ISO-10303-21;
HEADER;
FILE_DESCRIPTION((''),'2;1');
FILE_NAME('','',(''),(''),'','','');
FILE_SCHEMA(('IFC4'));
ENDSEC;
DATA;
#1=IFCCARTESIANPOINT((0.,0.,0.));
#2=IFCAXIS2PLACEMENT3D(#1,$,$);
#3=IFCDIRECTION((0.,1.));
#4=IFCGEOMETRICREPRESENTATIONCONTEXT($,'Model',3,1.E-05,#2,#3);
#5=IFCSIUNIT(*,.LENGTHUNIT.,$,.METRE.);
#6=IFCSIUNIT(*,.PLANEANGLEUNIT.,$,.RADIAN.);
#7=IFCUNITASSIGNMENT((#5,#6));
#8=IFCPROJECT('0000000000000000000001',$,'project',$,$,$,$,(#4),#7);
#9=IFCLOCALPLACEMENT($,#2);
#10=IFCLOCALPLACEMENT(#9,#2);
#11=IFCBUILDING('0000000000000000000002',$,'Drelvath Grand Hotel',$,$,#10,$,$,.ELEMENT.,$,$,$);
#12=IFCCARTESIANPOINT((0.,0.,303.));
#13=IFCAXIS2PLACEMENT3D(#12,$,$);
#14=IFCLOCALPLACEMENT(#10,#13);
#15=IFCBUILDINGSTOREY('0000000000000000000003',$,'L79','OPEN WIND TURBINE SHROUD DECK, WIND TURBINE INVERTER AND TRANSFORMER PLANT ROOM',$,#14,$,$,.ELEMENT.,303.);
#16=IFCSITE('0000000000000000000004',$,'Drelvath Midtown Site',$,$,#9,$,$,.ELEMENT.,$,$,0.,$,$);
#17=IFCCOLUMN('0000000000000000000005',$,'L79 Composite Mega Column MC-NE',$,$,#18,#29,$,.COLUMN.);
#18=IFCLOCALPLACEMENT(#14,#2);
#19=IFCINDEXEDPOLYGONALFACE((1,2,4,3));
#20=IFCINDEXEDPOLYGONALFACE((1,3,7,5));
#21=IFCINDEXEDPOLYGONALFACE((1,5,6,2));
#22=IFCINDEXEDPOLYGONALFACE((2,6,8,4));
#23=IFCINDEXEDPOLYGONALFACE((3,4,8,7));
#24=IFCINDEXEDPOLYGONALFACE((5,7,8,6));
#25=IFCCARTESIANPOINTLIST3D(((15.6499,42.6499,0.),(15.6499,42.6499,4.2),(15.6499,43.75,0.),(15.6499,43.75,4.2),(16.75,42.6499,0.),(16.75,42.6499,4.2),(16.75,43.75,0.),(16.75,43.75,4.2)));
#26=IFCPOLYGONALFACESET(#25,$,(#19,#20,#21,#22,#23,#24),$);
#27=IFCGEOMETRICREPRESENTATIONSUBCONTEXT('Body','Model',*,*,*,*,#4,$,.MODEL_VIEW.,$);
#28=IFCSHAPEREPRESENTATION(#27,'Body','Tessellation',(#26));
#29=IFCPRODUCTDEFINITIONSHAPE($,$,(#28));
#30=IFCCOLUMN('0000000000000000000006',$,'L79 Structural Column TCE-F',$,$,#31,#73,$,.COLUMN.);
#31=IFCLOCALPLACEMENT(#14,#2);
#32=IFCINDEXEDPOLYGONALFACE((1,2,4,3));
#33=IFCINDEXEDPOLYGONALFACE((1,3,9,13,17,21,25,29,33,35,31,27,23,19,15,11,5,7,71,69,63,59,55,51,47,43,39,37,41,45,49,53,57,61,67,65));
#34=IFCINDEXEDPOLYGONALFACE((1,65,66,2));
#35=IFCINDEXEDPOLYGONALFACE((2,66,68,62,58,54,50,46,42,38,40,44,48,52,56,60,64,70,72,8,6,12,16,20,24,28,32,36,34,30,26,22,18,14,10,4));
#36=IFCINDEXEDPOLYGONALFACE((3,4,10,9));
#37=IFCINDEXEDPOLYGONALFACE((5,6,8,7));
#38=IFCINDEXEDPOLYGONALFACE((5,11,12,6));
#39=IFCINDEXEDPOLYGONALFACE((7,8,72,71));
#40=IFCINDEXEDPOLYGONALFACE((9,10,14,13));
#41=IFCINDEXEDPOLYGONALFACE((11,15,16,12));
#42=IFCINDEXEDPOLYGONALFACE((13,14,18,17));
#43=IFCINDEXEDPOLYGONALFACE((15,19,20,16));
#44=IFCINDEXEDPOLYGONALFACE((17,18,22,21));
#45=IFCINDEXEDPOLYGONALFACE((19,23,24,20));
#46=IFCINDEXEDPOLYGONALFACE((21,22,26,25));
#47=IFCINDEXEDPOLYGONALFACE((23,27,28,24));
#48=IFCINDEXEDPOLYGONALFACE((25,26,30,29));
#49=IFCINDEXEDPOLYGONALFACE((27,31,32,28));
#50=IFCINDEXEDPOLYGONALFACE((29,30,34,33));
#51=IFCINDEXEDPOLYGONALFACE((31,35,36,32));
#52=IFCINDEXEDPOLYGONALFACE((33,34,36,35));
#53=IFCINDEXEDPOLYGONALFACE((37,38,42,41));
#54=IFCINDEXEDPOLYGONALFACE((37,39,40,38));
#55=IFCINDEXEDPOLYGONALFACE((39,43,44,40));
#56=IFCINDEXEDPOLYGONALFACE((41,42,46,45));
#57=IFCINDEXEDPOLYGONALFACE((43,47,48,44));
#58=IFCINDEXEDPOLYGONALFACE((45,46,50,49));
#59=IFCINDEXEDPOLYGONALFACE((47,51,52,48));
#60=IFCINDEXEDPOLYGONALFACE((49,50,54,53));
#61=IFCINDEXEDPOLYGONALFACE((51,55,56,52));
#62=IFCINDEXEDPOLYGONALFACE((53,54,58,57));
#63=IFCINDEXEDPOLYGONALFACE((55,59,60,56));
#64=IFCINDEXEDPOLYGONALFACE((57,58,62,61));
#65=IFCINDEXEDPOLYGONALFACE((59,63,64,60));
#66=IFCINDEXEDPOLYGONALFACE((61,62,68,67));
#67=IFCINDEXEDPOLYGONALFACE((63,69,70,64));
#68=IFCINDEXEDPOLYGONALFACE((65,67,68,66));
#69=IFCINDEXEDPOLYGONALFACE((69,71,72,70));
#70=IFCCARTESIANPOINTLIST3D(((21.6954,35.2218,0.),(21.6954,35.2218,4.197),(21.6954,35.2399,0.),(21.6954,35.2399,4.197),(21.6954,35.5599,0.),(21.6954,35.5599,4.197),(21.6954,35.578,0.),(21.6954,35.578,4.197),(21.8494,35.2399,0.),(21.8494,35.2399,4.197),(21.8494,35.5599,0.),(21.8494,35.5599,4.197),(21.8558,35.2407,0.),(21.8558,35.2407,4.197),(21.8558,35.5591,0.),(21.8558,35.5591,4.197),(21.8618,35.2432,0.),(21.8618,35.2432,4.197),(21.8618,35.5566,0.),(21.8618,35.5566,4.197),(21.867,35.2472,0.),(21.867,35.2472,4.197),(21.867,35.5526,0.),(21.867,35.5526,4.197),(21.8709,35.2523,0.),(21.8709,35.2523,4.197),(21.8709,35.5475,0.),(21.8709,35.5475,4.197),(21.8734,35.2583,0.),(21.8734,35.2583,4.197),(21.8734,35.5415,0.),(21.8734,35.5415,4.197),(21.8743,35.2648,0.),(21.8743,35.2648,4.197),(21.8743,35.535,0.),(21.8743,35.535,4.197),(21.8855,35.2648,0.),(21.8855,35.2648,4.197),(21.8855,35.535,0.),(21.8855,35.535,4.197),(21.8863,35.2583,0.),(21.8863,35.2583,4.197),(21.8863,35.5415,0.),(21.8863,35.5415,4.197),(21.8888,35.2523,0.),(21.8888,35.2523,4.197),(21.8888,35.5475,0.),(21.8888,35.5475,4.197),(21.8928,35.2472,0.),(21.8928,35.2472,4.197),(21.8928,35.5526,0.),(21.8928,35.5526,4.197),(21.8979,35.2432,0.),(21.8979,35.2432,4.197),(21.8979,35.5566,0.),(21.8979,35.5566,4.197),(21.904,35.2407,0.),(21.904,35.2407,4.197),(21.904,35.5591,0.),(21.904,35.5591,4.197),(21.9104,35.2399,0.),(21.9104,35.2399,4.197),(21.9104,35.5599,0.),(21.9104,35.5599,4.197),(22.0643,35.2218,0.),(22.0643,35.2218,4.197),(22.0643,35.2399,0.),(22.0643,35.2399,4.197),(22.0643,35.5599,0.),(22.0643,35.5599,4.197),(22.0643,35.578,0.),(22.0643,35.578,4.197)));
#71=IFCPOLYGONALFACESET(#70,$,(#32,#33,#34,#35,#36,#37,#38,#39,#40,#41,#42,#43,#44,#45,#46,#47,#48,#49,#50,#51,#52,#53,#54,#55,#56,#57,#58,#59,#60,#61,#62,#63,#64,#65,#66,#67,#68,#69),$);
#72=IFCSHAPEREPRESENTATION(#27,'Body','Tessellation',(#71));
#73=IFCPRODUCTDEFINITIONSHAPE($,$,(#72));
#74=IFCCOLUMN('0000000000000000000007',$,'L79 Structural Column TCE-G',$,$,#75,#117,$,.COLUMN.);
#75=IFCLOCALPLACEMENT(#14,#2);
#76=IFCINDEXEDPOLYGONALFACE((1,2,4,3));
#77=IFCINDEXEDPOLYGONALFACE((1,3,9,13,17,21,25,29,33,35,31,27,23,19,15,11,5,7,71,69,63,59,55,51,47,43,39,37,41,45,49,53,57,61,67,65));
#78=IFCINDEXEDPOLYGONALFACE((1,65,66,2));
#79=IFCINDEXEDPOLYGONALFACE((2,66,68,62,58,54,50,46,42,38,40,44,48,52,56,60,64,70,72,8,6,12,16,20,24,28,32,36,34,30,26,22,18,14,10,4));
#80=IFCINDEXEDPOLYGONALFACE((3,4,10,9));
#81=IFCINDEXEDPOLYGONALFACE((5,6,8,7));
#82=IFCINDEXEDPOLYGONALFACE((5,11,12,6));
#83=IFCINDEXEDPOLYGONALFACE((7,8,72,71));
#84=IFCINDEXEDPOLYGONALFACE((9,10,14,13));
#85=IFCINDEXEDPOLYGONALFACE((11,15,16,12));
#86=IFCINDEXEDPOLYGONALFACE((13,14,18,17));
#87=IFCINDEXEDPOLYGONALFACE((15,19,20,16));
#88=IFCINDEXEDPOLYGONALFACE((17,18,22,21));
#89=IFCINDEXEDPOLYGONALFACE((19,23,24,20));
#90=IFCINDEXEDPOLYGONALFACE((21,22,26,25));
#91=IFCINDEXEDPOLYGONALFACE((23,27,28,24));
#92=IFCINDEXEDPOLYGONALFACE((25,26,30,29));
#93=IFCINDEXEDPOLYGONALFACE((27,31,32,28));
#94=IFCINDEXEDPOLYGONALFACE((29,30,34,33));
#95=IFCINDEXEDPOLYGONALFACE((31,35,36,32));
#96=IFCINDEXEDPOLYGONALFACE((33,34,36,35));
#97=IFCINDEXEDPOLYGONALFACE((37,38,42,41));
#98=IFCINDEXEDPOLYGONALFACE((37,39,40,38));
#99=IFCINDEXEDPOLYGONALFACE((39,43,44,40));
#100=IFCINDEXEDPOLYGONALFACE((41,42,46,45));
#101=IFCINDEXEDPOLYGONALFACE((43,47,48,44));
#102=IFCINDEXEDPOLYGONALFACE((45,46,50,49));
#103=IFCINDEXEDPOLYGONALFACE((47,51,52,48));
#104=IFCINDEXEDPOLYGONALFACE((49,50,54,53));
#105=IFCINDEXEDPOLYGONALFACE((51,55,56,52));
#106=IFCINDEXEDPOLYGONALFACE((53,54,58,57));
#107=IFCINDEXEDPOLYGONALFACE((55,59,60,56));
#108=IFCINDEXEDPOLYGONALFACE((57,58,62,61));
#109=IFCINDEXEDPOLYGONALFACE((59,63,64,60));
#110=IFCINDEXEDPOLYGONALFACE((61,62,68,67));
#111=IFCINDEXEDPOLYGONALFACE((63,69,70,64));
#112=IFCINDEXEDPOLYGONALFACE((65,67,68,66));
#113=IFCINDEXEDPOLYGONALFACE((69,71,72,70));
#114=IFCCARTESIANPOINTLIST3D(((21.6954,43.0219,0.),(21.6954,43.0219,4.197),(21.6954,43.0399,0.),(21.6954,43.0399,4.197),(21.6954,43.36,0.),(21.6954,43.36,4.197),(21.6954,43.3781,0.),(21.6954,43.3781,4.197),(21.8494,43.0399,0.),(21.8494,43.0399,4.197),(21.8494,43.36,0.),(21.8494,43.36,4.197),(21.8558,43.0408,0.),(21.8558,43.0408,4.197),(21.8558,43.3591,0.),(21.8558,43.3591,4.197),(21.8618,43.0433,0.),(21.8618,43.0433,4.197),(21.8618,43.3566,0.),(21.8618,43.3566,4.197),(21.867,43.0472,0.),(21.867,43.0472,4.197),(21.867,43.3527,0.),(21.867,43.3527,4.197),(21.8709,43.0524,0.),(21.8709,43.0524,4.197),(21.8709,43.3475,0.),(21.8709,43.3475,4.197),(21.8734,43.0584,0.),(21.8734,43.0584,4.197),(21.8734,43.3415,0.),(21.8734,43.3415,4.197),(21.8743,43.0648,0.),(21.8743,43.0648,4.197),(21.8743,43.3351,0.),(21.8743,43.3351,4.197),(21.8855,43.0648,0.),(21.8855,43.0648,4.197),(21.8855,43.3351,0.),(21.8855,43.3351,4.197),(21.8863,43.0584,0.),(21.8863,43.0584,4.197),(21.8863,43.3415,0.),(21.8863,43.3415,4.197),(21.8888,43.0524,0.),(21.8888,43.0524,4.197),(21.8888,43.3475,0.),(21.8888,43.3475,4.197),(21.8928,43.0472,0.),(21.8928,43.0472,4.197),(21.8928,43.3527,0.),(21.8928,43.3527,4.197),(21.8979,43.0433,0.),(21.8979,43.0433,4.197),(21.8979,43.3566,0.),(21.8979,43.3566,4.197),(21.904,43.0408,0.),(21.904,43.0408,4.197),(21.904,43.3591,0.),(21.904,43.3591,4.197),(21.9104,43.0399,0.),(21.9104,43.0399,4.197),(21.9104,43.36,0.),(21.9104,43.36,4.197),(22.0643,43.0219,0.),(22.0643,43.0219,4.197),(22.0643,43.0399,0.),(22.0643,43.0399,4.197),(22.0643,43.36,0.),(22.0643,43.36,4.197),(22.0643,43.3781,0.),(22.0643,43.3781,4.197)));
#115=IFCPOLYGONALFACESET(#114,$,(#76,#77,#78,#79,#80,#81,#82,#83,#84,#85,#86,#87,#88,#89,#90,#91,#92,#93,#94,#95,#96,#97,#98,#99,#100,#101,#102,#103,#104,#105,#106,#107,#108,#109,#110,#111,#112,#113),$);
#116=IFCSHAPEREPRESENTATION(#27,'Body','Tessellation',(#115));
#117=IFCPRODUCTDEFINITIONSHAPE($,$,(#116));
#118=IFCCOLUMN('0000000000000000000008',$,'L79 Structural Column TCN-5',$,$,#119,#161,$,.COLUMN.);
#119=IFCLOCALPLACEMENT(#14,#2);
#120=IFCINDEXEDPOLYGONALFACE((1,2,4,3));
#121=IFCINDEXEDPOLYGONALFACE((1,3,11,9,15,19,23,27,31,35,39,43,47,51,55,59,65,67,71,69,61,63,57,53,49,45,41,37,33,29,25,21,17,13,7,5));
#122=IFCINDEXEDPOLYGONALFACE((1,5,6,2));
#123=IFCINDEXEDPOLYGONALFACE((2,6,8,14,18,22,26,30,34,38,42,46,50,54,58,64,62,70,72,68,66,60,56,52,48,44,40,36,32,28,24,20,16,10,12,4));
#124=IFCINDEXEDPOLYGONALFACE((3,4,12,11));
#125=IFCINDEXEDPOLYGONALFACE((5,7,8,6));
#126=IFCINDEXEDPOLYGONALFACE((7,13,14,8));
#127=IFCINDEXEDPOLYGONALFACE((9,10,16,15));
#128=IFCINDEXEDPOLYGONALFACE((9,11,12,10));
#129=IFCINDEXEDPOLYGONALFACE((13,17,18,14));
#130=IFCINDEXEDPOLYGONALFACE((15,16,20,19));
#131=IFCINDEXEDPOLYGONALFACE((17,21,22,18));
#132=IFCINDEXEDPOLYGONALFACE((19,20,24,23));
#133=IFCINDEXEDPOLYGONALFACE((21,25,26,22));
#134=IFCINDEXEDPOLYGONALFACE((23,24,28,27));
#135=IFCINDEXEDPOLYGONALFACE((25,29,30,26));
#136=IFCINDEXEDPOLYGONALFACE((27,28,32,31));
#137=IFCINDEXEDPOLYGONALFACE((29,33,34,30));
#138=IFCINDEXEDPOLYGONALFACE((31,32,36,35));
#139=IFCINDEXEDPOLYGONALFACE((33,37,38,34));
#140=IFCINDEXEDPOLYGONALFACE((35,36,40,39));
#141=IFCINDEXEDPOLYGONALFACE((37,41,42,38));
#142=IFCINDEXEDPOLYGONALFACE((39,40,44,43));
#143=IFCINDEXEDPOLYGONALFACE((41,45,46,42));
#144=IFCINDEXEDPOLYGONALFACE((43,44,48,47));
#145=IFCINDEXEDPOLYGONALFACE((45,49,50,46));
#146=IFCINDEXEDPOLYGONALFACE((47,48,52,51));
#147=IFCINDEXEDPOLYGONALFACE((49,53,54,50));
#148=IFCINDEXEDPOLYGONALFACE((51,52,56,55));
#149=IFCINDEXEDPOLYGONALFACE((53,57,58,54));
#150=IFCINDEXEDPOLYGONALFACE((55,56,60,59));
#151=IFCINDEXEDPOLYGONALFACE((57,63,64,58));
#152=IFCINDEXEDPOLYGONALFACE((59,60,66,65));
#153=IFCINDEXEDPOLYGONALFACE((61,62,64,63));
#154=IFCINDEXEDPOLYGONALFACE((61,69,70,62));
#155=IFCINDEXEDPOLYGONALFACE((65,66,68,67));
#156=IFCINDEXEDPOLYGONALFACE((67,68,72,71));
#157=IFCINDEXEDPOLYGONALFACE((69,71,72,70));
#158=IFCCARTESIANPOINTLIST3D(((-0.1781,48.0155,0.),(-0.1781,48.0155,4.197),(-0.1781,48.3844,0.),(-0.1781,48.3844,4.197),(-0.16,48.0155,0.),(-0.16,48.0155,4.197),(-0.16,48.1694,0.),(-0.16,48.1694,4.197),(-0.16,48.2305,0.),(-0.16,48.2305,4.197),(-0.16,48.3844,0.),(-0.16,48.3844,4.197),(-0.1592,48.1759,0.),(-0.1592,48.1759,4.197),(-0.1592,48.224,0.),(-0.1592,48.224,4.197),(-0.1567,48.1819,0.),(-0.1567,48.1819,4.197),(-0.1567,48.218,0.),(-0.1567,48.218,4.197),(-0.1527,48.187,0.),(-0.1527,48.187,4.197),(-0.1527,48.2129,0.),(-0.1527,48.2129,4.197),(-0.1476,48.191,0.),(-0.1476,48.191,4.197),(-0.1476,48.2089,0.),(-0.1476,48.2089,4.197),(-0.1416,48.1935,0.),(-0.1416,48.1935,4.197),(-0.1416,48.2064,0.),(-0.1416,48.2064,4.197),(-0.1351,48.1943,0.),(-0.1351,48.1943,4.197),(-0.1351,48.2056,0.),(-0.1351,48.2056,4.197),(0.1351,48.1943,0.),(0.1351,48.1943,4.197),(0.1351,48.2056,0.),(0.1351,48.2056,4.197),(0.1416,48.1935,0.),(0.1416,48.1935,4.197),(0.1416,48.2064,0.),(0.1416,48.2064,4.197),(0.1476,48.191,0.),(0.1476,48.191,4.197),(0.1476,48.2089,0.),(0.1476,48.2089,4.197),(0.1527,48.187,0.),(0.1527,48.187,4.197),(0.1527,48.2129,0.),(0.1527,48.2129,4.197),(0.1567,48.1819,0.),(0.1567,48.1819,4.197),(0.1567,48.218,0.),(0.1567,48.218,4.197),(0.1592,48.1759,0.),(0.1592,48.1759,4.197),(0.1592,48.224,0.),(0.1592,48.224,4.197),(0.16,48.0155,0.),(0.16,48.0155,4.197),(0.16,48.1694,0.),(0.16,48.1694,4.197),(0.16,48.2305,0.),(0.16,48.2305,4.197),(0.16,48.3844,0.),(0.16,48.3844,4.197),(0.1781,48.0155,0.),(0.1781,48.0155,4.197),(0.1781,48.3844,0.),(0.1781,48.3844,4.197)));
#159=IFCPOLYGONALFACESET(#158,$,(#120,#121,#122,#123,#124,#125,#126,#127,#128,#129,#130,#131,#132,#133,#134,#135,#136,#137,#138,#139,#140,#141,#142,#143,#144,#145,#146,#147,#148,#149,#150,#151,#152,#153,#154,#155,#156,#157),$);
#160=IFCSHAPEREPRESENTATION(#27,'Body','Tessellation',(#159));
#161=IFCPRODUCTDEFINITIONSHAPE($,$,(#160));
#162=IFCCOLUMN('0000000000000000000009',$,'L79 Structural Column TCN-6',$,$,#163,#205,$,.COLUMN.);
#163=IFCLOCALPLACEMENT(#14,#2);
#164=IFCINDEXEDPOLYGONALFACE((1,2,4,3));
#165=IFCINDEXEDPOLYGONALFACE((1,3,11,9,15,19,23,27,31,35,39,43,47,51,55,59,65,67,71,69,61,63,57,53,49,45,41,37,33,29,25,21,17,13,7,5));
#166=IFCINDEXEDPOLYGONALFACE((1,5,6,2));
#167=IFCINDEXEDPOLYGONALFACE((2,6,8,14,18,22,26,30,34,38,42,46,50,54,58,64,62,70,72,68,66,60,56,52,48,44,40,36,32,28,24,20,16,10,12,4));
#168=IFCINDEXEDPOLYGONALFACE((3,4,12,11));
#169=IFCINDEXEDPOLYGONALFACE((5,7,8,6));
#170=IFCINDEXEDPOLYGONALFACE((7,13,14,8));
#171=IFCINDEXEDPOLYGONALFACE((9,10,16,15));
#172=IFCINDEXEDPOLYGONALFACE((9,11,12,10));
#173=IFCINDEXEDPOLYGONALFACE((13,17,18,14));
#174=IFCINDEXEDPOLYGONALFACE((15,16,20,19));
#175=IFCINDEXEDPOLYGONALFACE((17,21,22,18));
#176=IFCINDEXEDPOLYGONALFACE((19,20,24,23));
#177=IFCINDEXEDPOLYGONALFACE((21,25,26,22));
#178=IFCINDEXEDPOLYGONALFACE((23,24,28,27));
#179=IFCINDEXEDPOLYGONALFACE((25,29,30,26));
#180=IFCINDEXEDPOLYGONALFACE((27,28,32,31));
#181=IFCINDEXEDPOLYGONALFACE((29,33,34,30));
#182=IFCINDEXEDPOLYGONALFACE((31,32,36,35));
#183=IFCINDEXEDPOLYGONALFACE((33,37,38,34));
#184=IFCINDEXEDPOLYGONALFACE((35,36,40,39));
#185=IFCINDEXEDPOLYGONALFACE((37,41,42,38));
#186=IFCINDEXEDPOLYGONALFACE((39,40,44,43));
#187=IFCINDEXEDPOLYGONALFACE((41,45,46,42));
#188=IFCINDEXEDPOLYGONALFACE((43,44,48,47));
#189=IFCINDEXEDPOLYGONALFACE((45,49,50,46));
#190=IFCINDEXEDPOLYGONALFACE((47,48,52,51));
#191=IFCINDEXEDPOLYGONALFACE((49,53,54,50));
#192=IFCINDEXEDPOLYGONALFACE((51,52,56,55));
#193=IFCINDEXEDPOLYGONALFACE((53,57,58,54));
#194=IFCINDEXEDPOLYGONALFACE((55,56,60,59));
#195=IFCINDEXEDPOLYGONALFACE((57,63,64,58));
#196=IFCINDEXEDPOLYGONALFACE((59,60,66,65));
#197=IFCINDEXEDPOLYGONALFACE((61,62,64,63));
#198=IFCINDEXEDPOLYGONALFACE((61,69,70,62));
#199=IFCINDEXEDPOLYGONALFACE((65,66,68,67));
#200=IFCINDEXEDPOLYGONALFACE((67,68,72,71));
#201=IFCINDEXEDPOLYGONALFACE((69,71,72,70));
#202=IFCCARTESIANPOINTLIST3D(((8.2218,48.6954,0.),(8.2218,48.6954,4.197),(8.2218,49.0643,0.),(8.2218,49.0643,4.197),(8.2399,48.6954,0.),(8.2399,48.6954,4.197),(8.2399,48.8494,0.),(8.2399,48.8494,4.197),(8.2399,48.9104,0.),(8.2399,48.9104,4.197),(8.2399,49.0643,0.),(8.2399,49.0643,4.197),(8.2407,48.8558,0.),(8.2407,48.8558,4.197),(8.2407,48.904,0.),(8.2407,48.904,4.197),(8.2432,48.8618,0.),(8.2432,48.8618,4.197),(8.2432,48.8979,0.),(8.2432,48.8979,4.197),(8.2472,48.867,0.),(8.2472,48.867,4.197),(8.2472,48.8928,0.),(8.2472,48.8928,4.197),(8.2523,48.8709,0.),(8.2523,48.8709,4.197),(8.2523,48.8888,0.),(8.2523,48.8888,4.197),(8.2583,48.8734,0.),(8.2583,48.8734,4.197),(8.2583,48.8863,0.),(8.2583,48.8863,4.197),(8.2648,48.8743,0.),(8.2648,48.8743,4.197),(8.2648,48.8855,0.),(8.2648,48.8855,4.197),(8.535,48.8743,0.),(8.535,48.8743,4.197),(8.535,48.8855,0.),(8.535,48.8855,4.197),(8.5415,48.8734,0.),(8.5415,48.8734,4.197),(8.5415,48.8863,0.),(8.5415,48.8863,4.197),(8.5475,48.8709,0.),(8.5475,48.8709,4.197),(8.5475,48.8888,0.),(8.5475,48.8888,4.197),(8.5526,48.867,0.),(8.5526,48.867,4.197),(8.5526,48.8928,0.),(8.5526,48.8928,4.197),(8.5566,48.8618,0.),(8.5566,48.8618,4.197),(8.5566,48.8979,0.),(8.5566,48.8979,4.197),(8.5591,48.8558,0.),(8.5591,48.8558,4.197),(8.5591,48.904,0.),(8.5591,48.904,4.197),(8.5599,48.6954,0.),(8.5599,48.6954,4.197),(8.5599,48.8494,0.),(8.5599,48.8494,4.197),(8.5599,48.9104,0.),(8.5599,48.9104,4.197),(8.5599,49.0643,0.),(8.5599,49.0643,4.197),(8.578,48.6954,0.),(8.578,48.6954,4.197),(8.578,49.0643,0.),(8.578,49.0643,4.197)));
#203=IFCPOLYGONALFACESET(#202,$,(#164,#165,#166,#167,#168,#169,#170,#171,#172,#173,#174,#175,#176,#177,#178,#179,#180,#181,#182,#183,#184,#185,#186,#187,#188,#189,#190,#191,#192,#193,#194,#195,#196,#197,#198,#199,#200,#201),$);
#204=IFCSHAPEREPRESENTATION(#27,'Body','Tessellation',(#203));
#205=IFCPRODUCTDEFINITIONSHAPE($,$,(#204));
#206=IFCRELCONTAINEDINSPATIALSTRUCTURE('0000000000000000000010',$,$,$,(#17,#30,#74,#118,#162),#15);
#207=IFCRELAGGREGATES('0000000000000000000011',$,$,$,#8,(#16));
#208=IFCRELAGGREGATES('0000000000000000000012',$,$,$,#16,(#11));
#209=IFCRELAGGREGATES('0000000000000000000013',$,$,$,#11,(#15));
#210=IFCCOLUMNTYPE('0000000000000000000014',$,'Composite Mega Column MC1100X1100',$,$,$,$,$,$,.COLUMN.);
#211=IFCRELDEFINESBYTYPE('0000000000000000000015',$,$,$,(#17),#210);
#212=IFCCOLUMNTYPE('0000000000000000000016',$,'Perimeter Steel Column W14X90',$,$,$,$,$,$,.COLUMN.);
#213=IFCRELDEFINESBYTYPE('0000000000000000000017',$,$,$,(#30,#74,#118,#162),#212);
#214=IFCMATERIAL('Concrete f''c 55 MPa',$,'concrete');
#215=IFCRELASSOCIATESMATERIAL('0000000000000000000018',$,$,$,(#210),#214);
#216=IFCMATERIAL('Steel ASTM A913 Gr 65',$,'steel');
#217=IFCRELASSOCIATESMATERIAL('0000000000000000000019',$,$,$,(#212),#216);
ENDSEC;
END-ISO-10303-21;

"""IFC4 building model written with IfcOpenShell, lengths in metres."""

from ifc_helpers import new_model, si_unit, direction, frame, origin, origin_2d, place, context, subcontext, project, spatial, rectangle, i_section, extrude, material, material_profile, profile_set, type_object, element, save


model = new_model("IFC4")

# Units and contexts
model_context = context("Model", 3, precision=1e-05, world=origin(), true_north=direction((0.0, 1.0)))
body_context = subcontext(model_context, "Body", "Model", "MODEL_VIEW")
ifc_project = project(units=[si_unit("LENGTHUNIT", "METRE"), si_unit("PLANEANGLEUNIT", "RADIAN")], contexts=[model_context])

# Site, building, storey
site_placement = place(None, origin())
site = spatial("IfcSite", under=ifc_project, at=site_placement, Name="Drelvath Midtown Site", CompositionType="ELEMENT", RefElevation=0.0)
building_placement = place(site_placement, origin())
building = spatial("IfcBuilding", under=site, at=building_placement, Name="Drelvath Grand Hotel", CompositionType="ELEMENT")
storey_placement = place(building_placement, frame((0.0, 0.0, 303.0)))
storey = spatial("IfcBuildingStorey", under=building, at=storey_placement, Name="L79", Description="OPEN WIND TURBINE SHROUD DECK, WIND TURBINE INVERTER AND TRANSFORMER PLANT ROOM", CompositionType="ELEMENT", Elevation=303.0)

# Columns
ifc_material_1 = material(Name="Concrete f'c 55 MPa", Category="concrete")
ifc_material_profile_1 = material_profile(ifc_material_1, rectangle(XDim=1.1001, YDim=1.1001, at=origin_2d()), Name="MC1100X1100")
ifc_profile_set_1 = profile_set([ifc_material_profile_1], Name="Concrete f'c 55 MPa")
column_type_1 = type_object("IfcColumnType", Name="Composite Mega Column MC1100X1100", PredefinedType="COLUMN", material=ifc_profile_set_1)
column_placement = place(storey_placement, frame((16.2, 43.2, 0.0), z_axis=(0.0, 0.0, 1.0), x_axis=(1.0, 0.0, 0.0)))
element("IfcColumn", 1, at=column_placement, inside=storey, type_object=column_type_1, Name="L79 Composite Mega Column MC-NE", PredefinedType="COLUMN", context=body_context, shape_type="SweptSolid", body=[
    extrude(rectangle(XDim=1.1001, YDim=1.1001, at=origin_2d()), origin(), (0.0, 0.0, 1.0), 4.2),
])
ifc_material_2 = material(Name="Steel ASTM A913 Gr 65", Category="steel")
ifc_material_profile_2 = material_profile(ifc_material_2, i_section(OverallWidth=0.3689, OverallDepth=0.3562, WebThickness=0.0112, FlangeThickness=0.0181, FilletRadius=0.0249, at=origin_2d()), Name="W14X90")
ifc_profile_set_2 = profile_set([ifc_material_profile_2], Name="Steel ASTM A913 Gr 65")
column_type_2 = type_object("IfcColumnType", Name="Perimeter Steel Column W14X90", PredefinedType="COLUMN", material=ifc_profile_set_2)
for number, where, z_axis, x_axis, name in (
    (2, (21.8799, 35.3999, 0.0), (0.0, 0.0, 1.0), (1.0, 0.0, 0.0), "L79 Structural Column TCE-F"),
    (3, (21.8799, 43.2, 0.0), (0.0, 0.0, 1.0), (1.0, 0.0, 0.0), "L79 Structural Column TCE-G"),
    (4, (0.0, 48.2, 0.0), (0.0, 0.0, 1.0), (0.0, 1.0, 0.0), "L79 Structural Column TCN-5"),
    (5, (8.3999, 48.8799, 0.0), (0.0, 0.0, 1.0), (0.0, 1.0, 0.0), "L79 Structural Column TCN-6"),
):
    element("IfcColumn", number, at=place(storey_placement, frame(where, z_axis=z_axis, x_axis=x_axis)), inside=storey, type_object=column_type_2, Name=name, PredefinedType="COLUMN", context=body_context, shape_type="SweptSolid", body=[
        extrude(i_section(OverallWidth=0.3689, OverallDepth=0.3562, WebThickness=0.0112, FlangeThickness=0.0181, FilletRadius=0.0249, at=origin_2d()), origin(), (0.0, 0.0, 1.0), 4.197),
    ])

save(model, "model.ifc")
